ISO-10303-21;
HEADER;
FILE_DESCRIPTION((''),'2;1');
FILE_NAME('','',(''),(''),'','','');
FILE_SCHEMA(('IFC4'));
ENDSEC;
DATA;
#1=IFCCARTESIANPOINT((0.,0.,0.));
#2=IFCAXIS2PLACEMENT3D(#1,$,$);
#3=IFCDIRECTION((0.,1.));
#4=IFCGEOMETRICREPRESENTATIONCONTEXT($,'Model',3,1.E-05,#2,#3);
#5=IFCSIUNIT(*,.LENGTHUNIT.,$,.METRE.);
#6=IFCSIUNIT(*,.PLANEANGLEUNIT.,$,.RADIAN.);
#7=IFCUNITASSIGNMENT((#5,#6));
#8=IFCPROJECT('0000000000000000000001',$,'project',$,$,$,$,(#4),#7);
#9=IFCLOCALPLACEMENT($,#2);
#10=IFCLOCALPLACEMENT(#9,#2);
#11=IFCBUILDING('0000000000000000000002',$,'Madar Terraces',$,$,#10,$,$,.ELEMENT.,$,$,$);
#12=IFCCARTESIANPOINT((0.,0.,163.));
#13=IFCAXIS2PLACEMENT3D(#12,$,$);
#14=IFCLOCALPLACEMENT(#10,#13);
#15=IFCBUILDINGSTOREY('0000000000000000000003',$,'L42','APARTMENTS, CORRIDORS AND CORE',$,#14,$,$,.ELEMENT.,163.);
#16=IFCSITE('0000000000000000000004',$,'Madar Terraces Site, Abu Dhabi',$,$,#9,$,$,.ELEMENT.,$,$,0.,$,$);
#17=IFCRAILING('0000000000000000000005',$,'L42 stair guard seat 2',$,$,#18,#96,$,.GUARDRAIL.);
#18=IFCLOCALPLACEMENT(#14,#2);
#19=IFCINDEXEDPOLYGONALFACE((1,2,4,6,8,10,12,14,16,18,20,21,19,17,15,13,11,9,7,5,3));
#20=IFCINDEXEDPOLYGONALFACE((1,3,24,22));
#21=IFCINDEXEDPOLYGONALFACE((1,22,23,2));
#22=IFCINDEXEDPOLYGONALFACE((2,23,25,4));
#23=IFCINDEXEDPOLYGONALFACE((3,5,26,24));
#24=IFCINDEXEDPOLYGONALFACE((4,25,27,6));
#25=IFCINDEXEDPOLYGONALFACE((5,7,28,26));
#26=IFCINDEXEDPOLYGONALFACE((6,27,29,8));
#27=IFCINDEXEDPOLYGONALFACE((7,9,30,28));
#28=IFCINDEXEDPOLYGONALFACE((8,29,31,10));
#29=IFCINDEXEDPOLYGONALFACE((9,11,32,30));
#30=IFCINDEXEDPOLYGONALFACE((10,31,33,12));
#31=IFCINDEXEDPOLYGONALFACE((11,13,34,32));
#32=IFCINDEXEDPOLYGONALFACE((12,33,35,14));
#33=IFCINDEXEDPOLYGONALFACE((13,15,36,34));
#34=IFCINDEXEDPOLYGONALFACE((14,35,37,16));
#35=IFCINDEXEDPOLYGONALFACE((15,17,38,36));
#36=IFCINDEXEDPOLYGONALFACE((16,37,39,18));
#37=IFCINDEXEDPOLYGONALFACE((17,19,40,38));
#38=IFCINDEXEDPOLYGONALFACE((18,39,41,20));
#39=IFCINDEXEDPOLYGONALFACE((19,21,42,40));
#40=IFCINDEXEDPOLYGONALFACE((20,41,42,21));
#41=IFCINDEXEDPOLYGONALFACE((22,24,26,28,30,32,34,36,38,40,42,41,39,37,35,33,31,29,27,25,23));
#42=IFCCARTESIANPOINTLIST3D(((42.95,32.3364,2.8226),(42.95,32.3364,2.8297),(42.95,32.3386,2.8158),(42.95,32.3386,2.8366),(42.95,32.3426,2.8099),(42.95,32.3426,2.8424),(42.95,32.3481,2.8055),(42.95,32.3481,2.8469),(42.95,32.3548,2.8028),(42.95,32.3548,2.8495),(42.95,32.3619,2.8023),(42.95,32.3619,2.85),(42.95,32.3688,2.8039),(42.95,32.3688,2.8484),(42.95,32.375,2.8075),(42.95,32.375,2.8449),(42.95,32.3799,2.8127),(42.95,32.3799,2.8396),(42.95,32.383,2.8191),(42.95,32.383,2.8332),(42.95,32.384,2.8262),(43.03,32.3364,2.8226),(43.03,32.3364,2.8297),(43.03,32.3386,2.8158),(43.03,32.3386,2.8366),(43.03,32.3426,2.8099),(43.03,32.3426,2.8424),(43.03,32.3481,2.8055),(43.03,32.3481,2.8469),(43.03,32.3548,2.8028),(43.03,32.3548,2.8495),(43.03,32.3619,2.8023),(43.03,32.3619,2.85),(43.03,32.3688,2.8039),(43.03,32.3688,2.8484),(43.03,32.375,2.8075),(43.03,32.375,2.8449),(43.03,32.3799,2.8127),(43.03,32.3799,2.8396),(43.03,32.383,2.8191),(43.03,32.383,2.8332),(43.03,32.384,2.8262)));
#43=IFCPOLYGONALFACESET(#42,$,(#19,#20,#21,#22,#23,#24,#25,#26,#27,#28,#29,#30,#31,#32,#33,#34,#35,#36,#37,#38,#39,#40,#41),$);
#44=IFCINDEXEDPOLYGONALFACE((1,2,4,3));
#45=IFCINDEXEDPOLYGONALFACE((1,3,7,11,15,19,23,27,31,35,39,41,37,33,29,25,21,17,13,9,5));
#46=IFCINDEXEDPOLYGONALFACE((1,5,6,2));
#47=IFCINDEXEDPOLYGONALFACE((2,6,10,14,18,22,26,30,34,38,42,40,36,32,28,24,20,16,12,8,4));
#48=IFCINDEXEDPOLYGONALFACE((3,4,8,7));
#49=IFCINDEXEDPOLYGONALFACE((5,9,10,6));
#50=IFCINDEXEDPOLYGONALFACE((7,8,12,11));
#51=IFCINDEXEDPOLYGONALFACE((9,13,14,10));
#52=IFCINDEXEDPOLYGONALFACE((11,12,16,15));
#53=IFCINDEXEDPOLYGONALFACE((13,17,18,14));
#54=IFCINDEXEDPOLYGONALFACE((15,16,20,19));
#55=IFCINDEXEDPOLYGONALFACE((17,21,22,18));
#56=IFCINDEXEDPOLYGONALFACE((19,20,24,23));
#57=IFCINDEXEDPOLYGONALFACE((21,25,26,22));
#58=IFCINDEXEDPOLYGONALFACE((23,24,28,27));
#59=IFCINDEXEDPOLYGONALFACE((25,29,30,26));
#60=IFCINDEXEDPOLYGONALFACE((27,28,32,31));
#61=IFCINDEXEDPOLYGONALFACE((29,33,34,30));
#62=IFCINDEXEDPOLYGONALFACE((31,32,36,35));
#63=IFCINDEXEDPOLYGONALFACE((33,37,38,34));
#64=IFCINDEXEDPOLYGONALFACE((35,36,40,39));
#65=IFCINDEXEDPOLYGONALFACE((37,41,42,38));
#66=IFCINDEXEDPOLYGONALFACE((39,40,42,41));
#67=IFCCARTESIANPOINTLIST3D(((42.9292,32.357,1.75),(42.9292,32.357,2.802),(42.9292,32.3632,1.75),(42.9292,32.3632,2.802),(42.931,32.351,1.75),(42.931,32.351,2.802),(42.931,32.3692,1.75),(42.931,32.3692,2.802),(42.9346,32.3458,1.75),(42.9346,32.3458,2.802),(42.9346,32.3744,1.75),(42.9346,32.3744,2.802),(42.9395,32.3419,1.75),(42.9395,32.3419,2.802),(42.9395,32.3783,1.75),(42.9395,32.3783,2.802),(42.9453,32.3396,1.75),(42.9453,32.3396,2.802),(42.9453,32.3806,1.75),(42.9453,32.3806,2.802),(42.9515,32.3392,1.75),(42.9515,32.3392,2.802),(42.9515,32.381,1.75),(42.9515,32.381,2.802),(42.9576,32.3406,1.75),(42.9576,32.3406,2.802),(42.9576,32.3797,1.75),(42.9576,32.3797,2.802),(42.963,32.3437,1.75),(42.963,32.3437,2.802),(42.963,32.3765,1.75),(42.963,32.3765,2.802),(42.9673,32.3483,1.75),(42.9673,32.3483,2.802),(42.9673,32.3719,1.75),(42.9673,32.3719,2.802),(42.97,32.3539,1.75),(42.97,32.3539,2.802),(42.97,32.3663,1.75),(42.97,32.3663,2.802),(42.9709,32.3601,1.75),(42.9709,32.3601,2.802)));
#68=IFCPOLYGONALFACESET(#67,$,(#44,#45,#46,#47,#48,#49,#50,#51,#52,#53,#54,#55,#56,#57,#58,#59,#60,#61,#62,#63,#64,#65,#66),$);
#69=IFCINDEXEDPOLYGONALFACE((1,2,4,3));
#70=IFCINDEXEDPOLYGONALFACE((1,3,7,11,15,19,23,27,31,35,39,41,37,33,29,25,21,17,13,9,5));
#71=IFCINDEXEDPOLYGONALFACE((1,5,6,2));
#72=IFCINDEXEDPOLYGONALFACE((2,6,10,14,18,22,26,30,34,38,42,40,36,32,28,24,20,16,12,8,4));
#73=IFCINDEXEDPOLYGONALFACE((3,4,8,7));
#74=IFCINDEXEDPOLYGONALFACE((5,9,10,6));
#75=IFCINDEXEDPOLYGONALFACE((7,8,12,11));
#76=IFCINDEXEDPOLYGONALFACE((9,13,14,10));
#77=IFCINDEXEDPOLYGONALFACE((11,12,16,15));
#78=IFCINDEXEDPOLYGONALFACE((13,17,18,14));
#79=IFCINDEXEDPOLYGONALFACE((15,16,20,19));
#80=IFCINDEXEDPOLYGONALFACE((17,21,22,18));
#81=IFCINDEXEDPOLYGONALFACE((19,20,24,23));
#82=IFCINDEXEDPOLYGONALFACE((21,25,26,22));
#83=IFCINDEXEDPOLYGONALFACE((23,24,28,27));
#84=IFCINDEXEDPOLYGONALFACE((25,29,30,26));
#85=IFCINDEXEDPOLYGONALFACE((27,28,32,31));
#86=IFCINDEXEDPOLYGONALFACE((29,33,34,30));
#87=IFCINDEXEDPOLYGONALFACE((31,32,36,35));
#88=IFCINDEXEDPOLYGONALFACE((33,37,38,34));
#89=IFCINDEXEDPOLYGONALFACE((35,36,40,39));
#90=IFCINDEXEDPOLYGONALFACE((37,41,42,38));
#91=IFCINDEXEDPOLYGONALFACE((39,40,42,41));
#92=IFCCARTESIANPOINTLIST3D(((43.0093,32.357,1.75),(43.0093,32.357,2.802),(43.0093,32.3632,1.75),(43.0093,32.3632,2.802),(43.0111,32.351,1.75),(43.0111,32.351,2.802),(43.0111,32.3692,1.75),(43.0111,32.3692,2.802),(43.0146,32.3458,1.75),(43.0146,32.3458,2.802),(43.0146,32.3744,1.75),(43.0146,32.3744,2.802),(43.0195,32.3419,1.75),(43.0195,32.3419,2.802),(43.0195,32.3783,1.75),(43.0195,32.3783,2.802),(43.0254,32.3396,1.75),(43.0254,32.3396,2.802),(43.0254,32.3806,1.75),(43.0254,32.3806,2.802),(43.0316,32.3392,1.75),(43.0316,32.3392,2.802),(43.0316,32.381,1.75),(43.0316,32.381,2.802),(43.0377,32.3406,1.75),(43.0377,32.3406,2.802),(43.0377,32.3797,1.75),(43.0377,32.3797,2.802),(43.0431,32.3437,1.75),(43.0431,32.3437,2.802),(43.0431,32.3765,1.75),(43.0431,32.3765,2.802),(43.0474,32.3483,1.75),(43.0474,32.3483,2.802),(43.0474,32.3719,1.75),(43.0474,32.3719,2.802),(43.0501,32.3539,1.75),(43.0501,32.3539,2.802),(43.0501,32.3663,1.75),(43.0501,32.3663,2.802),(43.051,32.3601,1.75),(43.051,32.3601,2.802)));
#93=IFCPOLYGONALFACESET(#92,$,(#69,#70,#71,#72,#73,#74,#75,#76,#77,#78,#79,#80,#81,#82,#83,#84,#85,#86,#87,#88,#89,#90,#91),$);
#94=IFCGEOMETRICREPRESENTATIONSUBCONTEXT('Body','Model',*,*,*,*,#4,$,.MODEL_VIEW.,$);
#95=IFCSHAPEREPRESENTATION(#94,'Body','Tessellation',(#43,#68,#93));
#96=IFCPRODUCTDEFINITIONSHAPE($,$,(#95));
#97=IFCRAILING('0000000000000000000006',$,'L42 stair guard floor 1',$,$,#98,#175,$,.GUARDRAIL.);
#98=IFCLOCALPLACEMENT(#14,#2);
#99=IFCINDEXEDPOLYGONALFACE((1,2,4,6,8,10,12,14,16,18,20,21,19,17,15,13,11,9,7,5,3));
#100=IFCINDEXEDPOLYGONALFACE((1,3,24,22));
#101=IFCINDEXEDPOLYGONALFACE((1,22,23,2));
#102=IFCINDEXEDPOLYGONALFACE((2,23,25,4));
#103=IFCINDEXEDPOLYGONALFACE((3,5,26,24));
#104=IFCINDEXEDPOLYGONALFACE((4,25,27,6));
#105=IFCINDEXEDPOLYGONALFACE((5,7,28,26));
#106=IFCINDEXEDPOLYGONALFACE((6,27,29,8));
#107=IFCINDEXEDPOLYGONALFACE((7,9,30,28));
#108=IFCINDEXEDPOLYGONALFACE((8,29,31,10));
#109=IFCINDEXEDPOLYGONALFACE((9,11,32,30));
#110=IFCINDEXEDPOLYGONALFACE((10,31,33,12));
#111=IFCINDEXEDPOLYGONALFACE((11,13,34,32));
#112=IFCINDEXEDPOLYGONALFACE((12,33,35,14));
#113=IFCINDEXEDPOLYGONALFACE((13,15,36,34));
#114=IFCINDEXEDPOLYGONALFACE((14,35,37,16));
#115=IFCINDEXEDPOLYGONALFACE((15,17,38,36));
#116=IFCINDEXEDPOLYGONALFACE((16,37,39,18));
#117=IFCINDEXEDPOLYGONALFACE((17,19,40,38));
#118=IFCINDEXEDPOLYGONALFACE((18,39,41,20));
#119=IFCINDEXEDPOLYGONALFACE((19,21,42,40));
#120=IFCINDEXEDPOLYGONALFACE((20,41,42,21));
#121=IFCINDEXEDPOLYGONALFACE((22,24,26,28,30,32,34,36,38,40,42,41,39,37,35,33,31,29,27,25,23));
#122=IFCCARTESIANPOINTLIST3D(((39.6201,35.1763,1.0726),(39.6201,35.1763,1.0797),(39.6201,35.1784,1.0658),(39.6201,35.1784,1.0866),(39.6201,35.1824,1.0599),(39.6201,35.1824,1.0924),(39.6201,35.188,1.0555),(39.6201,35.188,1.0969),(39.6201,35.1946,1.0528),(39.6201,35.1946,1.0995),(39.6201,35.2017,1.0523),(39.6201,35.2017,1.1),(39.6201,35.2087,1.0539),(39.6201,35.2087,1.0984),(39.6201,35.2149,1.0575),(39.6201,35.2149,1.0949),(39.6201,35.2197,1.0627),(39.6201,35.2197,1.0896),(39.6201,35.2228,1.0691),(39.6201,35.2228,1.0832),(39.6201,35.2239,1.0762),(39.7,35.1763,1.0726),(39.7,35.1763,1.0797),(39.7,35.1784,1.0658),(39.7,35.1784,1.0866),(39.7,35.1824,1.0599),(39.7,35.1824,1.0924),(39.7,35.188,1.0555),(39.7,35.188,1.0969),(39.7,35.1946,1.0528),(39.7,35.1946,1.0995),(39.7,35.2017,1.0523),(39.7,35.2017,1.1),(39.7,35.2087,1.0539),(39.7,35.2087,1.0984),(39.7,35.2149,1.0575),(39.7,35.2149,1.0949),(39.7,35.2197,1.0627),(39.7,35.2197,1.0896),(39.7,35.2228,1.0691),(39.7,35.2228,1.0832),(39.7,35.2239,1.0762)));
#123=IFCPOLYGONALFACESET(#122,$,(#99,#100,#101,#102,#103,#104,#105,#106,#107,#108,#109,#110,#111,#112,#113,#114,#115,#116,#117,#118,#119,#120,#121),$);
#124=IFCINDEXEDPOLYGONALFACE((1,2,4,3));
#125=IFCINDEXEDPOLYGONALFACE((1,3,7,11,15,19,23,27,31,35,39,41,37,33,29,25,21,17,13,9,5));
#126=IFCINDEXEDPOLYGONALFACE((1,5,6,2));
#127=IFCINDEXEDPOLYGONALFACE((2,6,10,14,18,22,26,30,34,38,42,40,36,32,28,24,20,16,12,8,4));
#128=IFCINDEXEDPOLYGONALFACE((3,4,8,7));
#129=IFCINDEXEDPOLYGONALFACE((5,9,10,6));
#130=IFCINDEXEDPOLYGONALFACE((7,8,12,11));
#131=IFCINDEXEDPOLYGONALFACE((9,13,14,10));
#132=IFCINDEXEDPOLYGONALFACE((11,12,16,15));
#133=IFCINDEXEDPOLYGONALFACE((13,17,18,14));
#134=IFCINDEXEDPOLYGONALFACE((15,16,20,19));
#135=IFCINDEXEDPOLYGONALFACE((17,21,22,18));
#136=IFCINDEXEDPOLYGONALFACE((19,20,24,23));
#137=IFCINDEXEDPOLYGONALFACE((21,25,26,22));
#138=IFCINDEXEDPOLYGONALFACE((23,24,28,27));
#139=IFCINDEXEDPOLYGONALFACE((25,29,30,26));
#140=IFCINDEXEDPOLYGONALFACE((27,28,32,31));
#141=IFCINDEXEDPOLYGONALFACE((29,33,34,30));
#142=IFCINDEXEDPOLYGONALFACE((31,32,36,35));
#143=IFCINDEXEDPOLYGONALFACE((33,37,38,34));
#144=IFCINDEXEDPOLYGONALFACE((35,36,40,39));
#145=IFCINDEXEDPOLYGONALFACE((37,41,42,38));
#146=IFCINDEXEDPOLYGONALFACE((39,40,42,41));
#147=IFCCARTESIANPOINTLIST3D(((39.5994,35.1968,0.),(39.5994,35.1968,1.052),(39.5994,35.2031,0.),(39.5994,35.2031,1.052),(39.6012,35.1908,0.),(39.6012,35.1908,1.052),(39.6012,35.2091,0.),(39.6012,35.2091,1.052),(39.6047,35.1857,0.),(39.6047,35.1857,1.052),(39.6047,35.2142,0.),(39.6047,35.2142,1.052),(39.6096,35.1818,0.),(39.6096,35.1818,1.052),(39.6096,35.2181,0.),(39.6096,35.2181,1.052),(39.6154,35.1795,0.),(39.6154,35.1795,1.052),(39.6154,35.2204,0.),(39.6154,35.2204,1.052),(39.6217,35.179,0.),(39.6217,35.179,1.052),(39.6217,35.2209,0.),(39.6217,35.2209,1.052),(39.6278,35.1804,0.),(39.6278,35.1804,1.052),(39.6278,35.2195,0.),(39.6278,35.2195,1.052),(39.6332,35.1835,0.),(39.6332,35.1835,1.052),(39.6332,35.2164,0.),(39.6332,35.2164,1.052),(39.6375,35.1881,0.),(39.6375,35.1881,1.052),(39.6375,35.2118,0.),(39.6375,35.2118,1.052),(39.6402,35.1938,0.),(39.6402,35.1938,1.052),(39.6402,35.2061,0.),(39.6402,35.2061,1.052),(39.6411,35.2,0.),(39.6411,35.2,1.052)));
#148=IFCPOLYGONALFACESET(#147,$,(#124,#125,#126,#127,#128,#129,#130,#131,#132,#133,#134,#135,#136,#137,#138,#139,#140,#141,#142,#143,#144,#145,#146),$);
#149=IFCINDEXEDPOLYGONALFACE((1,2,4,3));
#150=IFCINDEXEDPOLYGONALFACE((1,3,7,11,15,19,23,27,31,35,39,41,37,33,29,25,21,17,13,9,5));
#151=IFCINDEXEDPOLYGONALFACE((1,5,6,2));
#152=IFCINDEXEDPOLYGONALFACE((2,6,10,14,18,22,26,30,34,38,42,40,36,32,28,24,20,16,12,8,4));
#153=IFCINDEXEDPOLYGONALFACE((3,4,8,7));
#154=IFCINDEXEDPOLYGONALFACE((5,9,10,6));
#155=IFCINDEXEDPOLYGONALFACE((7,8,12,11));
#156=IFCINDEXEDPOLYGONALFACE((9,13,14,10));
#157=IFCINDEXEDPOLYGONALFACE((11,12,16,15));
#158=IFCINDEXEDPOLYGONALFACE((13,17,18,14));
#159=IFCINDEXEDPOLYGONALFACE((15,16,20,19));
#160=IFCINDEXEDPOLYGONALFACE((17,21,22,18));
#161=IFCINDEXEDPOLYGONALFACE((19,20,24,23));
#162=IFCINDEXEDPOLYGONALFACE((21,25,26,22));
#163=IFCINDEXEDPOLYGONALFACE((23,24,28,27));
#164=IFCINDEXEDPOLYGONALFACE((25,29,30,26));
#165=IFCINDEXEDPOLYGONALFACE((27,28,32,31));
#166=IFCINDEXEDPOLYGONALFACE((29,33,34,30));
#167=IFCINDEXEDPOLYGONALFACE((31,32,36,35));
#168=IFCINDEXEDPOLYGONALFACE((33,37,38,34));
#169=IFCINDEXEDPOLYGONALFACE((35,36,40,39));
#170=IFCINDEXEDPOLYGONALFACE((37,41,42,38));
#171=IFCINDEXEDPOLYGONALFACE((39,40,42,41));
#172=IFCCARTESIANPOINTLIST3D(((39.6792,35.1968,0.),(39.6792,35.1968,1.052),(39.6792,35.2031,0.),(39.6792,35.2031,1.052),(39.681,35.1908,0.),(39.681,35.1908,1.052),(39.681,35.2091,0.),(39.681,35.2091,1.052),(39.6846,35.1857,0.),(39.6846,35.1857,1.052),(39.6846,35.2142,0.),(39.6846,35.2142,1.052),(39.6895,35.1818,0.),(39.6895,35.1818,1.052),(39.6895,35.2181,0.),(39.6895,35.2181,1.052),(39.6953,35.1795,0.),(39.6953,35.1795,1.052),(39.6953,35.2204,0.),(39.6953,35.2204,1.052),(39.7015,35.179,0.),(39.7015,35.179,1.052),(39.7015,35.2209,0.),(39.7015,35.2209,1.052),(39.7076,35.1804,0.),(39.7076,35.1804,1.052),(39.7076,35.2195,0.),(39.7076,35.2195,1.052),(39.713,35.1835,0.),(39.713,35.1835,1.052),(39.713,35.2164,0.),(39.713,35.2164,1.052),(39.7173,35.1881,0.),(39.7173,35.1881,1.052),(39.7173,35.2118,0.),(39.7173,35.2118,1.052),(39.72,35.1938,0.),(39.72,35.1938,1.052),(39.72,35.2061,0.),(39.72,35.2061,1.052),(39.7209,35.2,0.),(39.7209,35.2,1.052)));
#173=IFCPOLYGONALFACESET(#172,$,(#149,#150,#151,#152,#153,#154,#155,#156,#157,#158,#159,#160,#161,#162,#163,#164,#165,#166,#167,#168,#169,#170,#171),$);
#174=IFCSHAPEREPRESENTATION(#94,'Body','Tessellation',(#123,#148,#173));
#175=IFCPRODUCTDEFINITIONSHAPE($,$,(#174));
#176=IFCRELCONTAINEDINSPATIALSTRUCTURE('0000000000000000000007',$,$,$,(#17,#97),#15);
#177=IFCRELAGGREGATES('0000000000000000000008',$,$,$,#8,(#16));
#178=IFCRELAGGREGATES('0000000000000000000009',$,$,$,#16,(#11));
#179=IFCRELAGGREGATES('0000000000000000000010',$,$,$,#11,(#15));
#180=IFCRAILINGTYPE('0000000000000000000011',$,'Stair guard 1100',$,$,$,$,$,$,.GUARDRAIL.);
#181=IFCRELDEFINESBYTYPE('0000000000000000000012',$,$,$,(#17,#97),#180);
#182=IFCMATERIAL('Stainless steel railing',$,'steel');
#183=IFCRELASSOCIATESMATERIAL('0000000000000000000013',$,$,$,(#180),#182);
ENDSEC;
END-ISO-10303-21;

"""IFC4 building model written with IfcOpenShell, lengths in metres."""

from ifc_helpers import new_model, si_unit, direction, frame, origin, origin_2d, place, context, subcontext, project, spatial, circle, extrude, material, type_object, element, save


model = new_model("IFC4")

# Units and contexts
model_context = context("Model", 3, precision=1e-05, world=origin(), true_north=direction((0.0, 1.0)))
body_context = subcontext(model_context, "Body", "Model", "MODEL_VIEW")
ifc_project = project(units=[si_unit("LENGTHUNIT", "METRE"), si_unit("PLANEANGLEUNIT", "RADIAN")], contexts=[model_context])

# Site, building, storey
site_placement = place(None, origin())
site = spatial("IfcSite", under=ifc_project, at=site_placement, Name="Madar Terraces Site, Abu Dhabi", CompositionType="ELEMENT", RefElevation=0.0)
building_placement = place(site_placement, origin())
building = spatial("IfcBuilding", under=site, at=building_placement, Name="Madar Terraces", CompositionType="ELEMENT")
storey_placement = place(building_placement, frame((0.0, 0.0, 163.0)))
storey = spatial("IfcBuildingStorey", under=building, at=storey_placement, Name="L42", Description="APARTMENTS, CORRIDORS AND CORE", CompositionType="ELEMENT", Elevation=163.0)

# Railings
ifc_material_1 = material(Name="Stainless steel railing", Category="steel")
railing_type_1 = type_object("IfcRailingType", Name="Stair guard 1100", PredefinedType="GUARDRAIL", material=ifc_material_1)
railing_1_placement = place(storey_placement, frame((42.95, 32.3601, 1.75)))
element("IfcRailing", 1, at=railing_1_placement, inside=storey, type_object=railing_type_1, Name="L42 stair guard seat 2", PredefinedType="GUARDRAIL", context=body_context, shape_type="SweptSolid", body=[
    extrude(circle(Radius=0.0239, at=origin_2d()), frame((0.0, 0.0, 1.0762), z_axis=(1.0, 0.0, 0.0), x_axis=(0.0, 1.0, 0.0)), (0.0, 0.0, 1.0), 0.0801),
    extrude(circle(Radius=0.021, at=origin_2d()), origin(), (0.0, 0.0, 1.0), 1.052),
    extrude(circle(Radius=0.021, at=origin_2d()), frame((0.0801, 0.0, 0.0)), (0.0, 0.0, 1.0), 1.052),
])
railing_2_placement = place(storey_placement, frame((39.6201, 35.2, 0.0)))
element("IfcRailing", 2, at=railing_2_placement, inside=storey, type_object=railing_type_1, Name="L42 stair guard floor 1", PredefinedType="GUARDRAIL", context=body_context, shape_type="SweptSolid", body=[
    extrude(circle(Radius=0.0239, at=origin_2d()), frame((0.0, 0.0, 1.0762), z_axis=(1.0, 0.0, 0.0), x_axis=(0.0, 1.0, 0.0)), (0.0, 0.0, 1.0), 0.0798),
    extrude(circle(Radius=0.021, at=origin_2d()), origin(), (0.0, 0.0, 1.0), 1.052),
    extrude(circle(Radius=0.021, at=origin_2d()), frame((0.0798, 0.0, 0.0)), (0.0, 0.0, 1.0), 1.052),
])

save(model, "model.ifc")
